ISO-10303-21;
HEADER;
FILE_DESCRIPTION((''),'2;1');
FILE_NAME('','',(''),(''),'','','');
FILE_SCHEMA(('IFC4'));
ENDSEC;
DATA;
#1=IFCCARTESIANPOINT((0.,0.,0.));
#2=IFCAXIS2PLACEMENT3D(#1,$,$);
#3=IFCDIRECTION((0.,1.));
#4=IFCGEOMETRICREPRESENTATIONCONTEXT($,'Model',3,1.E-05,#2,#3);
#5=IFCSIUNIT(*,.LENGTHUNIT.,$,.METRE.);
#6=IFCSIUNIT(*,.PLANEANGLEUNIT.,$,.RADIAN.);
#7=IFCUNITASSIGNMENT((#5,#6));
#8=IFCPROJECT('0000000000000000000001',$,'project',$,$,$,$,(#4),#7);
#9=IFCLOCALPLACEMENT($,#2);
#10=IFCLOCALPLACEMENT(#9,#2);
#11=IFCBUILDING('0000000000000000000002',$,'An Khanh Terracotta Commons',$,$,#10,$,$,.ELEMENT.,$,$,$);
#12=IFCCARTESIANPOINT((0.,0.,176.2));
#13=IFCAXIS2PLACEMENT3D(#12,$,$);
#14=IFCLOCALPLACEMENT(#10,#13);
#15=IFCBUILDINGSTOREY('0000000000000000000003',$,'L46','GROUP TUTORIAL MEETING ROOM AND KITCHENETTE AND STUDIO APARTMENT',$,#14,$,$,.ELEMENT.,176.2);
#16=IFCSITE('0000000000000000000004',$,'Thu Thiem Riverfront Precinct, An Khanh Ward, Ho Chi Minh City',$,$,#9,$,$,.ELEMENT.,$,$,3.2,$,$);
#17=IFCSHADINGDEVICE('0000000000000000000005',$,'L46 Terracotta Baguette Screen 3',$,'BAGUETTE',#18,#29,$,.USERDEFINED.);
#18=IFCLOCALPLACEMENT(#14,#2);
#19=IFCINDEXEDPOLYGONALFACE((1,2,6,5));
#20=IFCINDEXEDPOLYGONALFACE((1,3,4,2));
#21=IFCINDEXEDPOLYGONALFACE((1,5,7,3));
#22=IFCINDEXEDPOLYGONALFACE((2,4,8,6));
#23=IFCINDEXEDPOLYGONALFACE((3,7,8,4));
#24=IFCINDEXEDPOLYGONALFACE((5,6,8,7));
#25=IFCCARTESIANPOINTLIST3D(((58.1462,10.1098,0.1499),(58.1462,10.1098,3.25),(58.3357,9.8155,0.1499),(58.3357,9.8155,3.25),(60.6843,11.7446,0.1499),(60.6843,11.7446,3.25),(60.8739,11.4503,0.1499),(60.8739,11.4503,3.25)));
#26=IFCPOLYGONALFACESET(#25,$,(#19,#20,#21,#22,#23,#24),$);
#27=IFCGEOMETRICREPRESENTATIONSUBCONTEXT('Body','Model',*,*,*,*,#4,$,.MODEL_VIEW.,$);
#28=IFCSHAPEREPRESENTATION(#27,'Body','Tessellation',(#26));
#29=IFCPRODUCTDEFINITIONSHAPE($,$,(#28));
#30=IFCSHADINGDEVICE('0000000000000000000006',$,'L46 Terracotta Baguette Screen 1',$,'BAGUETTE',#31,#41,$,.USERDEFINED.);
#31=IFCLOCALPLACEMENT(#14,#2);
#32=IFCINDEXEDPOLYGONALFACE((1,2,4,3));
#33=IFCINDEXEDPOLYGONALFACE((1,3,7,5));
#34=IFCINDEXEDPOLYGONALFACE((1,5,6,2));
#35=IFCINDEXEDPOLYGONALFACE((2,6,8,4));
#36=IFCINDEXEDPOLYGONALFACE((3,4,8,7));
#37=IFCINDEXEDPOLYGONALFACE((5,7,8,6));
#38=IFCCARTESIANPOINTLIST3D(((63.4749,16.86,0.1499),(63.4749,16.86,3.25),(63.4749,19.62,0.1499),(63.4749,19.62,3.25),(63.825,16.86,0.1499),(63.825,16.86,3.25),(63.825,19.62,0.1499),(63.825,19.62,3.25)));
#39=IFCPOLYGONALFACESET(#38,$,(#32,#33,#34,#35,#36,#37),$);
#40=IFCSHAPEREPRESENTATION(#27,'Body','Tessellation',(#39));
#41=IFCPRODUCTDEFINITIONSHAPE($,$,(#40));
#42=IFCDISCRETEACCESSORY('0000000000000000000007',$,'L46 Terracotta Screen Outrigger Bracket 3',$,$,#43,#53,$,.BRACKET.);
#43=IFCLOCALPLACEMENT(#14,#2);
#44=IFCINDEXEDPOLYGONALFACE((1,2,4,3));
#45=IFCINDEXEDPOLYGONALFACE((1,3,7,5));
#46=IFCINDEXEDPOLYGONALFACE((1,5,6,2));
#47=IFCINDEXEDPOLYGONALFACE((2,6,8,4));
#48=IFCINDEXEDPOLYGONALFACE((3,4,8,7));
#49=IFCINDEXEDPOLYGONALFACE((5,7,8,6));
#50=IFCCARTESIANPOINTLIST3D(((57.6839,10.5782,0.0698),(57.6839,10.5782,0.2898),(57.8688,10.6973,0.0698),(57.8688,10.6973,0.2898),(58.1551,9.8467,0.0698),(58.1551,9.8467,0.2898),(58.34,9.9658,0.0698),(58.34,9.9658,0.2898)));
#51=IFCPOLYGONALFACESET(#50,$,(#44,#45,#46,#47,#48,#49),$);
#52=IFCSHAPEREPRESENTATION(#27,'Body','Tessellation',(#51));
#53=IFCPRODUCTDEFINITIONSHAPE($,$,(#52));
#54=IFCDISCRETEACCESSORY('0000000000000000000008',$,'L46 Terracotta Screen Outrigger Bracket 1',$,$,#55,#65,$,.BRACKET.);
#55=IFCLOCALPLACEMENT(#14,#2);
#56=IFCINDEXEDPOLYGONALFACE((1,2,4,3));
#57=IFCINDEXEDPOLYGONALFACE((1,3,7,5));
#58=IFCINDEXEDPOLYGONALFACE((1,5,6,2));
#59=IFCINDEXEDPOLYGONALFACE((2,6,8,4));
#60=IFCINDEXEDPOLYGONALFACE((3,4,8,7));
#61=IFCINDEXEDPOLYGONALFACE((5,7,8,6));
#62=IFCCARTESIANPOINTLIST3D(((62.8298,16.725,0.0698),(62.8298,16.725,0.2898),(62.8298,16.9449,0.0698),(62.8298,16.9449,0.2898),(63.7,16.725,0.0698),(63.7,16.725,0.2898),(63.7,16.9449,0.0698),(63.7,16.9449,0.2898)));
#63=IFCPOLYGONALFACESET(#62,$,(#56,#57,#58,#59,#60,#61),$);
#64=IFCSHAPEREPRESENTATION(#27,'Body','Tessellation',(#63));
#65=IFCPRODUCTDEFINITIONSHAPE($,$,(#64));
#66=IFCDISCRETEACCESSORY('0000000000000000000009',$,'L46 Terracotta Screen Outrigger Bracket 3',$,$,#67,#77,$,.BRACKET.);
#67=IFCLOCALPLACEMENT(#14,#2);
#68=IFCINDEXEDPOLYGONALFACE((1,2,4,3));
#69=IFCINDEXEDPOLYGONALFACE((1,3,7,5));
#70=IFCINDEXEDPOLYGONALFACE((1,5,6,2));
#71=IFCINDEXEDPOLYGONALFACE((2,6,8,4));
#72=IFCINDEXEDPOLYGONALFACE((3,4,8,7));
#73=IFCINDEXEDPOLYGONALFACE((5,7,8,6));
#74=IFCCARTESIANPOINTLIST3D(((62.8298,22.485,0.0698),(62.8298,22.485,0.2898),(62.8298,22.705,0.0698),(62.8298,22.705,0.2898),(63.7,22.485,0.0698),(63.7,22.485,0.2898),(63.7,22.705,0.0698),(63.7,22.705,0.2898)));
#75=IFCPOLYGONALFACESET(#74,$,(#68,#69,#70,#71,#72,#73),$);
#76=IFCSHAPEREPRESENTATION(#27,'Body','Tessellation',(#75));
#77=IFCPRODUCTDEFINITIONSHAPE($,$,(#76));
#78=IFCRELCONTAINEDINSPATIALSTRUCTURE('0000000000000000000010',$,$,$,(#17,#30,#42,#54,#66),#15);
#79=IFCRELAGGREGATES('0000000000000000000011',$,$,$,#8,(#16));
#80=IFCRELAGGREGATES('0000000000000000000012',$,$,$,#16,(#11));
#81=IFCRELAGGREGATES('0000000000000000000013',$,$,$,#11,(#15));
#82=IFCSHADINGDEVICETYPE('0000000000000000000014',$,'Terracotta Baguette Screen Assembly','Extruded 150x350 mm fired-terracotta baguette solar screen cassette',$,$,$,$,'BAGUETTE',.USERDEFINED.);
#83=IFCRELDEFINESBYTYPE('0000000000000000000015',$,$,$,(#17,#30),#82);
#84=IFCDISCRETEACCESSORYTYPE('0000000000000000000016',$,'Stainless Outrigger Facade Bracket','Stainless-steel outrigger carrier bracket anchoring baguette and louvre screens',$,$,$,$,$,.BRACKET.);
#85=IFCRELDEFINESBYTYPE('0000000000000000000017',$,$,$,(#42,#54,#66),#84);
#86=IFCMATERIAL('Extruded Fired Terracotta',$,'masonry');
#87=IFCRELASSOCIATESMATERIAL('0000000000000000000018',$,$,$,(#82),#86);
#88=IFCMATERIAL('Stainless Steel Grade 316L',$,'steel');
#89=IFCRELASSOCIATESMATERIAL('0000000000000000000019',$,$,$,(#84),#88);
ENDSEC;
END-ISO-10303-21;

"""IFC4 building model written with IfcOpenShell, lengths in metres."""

from ifc_helpers import new_model, si_unit, direction, frame, origin, origin_2d, place, context, subcontext, project, spatial, rectangle, extrude, material, type_object, element, save


model = new_model("IFC4")

# Units and contexts
model_context = context("Model", 3, precision=1e-05, world=origin(), true_north=direction((0.0, 1.0)))
body_context = subcontext(model_context, "Body", "Model", "MODEL_VIEW")
ifc_project = project(units=[si_unit("LENGTHUNIT", "METRE"), si_unit("PLANEANGLEUNIT", "RADIAN")], contexts=[model_context])

# Site, building, storey
site_placement = place(None, origin())
site = spatial("IfcSite", under=ifc_project, at=site_placement, Name="Thu Thiem Riverfront Precinct, An Khanh Ward, Ho Chi Minh City", CompositionType="ELEMENT", RefElevation=3.2)
building_placement = place(site_placement, origin())
building = spatial("IfcBuilding", under=site, at=building_placement, Name="An Khanh Terracotta Commons", CompositionType="ELEMENT")
storey_placement = place(building_placement, frame((0.0, 0.0, 176.2)))
storey = spatial("IfcBuildingStorey", under=building, at=storey_placement, Name="L46", Description="GROUP TUTORIAL MEETING ROOM AND KITCHENETTE AND STUDIO APARTMENT", CompositionType="ELEMENT", Elevation=176.2)

# Shading devices
ifc_material_1 = material(Name="Extruded Fired Terracotta", Category="masonry")
shading_device_type = type_object("IfcShadingDeviceType", Name="Terracotta Baguette Screen Assembly", Description="Extruded 150x350 mm fired-terracotta baguette solar screen cassette", ElementType="BAGUETTE", PredefinedType="USERDEFINED", material=ifc_material_1)
shading_device_1_placement = place(storey_placement, frame((59.51, 10.78, 0.1499), z_axis=(0.0, 0.0, 1.0), x_axis=(0.840702, 0.541498, 0.0)))
element("IfcShadingDevice", 1, at=shading_device_1_placement, inside=storey, type_object=shading_device_type, Name="L46 Terracotta Baguette Screen 3", ObjectType="BAGUETTE", PredefinedType="USERDEFINED", context=body_context, shape_type="SweptSolid", body=[
    extrude(rectangle(XDim=3.019, YDim=0.3501, at=origin_2d()), origin(), (0.0, 0.0, 1.0), 3.1001),
])
shading_device_2_placement = place(storey_placement, frame((63.6499, 18.24, 0.1499), z_axis=(0.0, 0.0, 1.0), x_axis=(0.0, 1.0, 0.0)))
element("IfcShadingDevice", 2, at=shading_device_2_placement, inside=storey, type_object=shading_device_type, Name="L46 Terracotta Baguette Screen 1", ObjectType="BAGUETTE", PredefinedType="USERDEFINED", context=body_context, shape_type="SweptSolid", body=[
    extrude(rectangle(XDim=2.76, YDim=0.3501, at=origin_2d()), origin(), (0.0, 0.0, 1.0), 3.1001),
])

# Discrete accessories
ifc_material_2 = material(Name="Stainless Steel Grade 316L", Category="steel")
discrete_accessory_type = type_object("IfcDiscreteAccessoryType", Name="Stainless Outrigger Facade Bracket", Description="Stainless-steel outrigger carrier bracket anchoring baguette and louvre screens", PredefinedType="BRACKET", material=ifc_material_2)
for number, where, z_axis, x_axis, name in (
    (3, (58.012, 10.272, 0.0698), (0.0, 0.0, 1.0), (0.840702, 0.541498, 0.0), "L46 Terracotta Screen Outrigger Bracket 3"),
    (4, (63.2649, 16.835, 0.0698), (0.0, 0.0, 1.0), (0.0, 1.0, 0.0), "L46 Terracotta Screen Outrigger Bracket 1"),
    (5, (63.2649, 22.595, 0.0698), (0.0, 0.0, 1.0), (0.0, 1.0, 0.0), "L46 Terracotta Screen Outrigger Bracket 3"),
):
    element("IfcDiscreteAccessory", number, at=place(storey_placement, frame(where, z_axis=z_axis, x_axis=x_axis)), inside=storey, type_object=discrete_accessory_type, Name=name, PredefinedType="BRACKET", context=body_context, shape_type="SweptSolid", body=[
        extrude(rectangle(XDim=0.22, YDim=0.8701, at=origin_2d()), origin(), (0.0, 0.0, 1.0), 0.22),
    ])

save(model, "model.ifc")
